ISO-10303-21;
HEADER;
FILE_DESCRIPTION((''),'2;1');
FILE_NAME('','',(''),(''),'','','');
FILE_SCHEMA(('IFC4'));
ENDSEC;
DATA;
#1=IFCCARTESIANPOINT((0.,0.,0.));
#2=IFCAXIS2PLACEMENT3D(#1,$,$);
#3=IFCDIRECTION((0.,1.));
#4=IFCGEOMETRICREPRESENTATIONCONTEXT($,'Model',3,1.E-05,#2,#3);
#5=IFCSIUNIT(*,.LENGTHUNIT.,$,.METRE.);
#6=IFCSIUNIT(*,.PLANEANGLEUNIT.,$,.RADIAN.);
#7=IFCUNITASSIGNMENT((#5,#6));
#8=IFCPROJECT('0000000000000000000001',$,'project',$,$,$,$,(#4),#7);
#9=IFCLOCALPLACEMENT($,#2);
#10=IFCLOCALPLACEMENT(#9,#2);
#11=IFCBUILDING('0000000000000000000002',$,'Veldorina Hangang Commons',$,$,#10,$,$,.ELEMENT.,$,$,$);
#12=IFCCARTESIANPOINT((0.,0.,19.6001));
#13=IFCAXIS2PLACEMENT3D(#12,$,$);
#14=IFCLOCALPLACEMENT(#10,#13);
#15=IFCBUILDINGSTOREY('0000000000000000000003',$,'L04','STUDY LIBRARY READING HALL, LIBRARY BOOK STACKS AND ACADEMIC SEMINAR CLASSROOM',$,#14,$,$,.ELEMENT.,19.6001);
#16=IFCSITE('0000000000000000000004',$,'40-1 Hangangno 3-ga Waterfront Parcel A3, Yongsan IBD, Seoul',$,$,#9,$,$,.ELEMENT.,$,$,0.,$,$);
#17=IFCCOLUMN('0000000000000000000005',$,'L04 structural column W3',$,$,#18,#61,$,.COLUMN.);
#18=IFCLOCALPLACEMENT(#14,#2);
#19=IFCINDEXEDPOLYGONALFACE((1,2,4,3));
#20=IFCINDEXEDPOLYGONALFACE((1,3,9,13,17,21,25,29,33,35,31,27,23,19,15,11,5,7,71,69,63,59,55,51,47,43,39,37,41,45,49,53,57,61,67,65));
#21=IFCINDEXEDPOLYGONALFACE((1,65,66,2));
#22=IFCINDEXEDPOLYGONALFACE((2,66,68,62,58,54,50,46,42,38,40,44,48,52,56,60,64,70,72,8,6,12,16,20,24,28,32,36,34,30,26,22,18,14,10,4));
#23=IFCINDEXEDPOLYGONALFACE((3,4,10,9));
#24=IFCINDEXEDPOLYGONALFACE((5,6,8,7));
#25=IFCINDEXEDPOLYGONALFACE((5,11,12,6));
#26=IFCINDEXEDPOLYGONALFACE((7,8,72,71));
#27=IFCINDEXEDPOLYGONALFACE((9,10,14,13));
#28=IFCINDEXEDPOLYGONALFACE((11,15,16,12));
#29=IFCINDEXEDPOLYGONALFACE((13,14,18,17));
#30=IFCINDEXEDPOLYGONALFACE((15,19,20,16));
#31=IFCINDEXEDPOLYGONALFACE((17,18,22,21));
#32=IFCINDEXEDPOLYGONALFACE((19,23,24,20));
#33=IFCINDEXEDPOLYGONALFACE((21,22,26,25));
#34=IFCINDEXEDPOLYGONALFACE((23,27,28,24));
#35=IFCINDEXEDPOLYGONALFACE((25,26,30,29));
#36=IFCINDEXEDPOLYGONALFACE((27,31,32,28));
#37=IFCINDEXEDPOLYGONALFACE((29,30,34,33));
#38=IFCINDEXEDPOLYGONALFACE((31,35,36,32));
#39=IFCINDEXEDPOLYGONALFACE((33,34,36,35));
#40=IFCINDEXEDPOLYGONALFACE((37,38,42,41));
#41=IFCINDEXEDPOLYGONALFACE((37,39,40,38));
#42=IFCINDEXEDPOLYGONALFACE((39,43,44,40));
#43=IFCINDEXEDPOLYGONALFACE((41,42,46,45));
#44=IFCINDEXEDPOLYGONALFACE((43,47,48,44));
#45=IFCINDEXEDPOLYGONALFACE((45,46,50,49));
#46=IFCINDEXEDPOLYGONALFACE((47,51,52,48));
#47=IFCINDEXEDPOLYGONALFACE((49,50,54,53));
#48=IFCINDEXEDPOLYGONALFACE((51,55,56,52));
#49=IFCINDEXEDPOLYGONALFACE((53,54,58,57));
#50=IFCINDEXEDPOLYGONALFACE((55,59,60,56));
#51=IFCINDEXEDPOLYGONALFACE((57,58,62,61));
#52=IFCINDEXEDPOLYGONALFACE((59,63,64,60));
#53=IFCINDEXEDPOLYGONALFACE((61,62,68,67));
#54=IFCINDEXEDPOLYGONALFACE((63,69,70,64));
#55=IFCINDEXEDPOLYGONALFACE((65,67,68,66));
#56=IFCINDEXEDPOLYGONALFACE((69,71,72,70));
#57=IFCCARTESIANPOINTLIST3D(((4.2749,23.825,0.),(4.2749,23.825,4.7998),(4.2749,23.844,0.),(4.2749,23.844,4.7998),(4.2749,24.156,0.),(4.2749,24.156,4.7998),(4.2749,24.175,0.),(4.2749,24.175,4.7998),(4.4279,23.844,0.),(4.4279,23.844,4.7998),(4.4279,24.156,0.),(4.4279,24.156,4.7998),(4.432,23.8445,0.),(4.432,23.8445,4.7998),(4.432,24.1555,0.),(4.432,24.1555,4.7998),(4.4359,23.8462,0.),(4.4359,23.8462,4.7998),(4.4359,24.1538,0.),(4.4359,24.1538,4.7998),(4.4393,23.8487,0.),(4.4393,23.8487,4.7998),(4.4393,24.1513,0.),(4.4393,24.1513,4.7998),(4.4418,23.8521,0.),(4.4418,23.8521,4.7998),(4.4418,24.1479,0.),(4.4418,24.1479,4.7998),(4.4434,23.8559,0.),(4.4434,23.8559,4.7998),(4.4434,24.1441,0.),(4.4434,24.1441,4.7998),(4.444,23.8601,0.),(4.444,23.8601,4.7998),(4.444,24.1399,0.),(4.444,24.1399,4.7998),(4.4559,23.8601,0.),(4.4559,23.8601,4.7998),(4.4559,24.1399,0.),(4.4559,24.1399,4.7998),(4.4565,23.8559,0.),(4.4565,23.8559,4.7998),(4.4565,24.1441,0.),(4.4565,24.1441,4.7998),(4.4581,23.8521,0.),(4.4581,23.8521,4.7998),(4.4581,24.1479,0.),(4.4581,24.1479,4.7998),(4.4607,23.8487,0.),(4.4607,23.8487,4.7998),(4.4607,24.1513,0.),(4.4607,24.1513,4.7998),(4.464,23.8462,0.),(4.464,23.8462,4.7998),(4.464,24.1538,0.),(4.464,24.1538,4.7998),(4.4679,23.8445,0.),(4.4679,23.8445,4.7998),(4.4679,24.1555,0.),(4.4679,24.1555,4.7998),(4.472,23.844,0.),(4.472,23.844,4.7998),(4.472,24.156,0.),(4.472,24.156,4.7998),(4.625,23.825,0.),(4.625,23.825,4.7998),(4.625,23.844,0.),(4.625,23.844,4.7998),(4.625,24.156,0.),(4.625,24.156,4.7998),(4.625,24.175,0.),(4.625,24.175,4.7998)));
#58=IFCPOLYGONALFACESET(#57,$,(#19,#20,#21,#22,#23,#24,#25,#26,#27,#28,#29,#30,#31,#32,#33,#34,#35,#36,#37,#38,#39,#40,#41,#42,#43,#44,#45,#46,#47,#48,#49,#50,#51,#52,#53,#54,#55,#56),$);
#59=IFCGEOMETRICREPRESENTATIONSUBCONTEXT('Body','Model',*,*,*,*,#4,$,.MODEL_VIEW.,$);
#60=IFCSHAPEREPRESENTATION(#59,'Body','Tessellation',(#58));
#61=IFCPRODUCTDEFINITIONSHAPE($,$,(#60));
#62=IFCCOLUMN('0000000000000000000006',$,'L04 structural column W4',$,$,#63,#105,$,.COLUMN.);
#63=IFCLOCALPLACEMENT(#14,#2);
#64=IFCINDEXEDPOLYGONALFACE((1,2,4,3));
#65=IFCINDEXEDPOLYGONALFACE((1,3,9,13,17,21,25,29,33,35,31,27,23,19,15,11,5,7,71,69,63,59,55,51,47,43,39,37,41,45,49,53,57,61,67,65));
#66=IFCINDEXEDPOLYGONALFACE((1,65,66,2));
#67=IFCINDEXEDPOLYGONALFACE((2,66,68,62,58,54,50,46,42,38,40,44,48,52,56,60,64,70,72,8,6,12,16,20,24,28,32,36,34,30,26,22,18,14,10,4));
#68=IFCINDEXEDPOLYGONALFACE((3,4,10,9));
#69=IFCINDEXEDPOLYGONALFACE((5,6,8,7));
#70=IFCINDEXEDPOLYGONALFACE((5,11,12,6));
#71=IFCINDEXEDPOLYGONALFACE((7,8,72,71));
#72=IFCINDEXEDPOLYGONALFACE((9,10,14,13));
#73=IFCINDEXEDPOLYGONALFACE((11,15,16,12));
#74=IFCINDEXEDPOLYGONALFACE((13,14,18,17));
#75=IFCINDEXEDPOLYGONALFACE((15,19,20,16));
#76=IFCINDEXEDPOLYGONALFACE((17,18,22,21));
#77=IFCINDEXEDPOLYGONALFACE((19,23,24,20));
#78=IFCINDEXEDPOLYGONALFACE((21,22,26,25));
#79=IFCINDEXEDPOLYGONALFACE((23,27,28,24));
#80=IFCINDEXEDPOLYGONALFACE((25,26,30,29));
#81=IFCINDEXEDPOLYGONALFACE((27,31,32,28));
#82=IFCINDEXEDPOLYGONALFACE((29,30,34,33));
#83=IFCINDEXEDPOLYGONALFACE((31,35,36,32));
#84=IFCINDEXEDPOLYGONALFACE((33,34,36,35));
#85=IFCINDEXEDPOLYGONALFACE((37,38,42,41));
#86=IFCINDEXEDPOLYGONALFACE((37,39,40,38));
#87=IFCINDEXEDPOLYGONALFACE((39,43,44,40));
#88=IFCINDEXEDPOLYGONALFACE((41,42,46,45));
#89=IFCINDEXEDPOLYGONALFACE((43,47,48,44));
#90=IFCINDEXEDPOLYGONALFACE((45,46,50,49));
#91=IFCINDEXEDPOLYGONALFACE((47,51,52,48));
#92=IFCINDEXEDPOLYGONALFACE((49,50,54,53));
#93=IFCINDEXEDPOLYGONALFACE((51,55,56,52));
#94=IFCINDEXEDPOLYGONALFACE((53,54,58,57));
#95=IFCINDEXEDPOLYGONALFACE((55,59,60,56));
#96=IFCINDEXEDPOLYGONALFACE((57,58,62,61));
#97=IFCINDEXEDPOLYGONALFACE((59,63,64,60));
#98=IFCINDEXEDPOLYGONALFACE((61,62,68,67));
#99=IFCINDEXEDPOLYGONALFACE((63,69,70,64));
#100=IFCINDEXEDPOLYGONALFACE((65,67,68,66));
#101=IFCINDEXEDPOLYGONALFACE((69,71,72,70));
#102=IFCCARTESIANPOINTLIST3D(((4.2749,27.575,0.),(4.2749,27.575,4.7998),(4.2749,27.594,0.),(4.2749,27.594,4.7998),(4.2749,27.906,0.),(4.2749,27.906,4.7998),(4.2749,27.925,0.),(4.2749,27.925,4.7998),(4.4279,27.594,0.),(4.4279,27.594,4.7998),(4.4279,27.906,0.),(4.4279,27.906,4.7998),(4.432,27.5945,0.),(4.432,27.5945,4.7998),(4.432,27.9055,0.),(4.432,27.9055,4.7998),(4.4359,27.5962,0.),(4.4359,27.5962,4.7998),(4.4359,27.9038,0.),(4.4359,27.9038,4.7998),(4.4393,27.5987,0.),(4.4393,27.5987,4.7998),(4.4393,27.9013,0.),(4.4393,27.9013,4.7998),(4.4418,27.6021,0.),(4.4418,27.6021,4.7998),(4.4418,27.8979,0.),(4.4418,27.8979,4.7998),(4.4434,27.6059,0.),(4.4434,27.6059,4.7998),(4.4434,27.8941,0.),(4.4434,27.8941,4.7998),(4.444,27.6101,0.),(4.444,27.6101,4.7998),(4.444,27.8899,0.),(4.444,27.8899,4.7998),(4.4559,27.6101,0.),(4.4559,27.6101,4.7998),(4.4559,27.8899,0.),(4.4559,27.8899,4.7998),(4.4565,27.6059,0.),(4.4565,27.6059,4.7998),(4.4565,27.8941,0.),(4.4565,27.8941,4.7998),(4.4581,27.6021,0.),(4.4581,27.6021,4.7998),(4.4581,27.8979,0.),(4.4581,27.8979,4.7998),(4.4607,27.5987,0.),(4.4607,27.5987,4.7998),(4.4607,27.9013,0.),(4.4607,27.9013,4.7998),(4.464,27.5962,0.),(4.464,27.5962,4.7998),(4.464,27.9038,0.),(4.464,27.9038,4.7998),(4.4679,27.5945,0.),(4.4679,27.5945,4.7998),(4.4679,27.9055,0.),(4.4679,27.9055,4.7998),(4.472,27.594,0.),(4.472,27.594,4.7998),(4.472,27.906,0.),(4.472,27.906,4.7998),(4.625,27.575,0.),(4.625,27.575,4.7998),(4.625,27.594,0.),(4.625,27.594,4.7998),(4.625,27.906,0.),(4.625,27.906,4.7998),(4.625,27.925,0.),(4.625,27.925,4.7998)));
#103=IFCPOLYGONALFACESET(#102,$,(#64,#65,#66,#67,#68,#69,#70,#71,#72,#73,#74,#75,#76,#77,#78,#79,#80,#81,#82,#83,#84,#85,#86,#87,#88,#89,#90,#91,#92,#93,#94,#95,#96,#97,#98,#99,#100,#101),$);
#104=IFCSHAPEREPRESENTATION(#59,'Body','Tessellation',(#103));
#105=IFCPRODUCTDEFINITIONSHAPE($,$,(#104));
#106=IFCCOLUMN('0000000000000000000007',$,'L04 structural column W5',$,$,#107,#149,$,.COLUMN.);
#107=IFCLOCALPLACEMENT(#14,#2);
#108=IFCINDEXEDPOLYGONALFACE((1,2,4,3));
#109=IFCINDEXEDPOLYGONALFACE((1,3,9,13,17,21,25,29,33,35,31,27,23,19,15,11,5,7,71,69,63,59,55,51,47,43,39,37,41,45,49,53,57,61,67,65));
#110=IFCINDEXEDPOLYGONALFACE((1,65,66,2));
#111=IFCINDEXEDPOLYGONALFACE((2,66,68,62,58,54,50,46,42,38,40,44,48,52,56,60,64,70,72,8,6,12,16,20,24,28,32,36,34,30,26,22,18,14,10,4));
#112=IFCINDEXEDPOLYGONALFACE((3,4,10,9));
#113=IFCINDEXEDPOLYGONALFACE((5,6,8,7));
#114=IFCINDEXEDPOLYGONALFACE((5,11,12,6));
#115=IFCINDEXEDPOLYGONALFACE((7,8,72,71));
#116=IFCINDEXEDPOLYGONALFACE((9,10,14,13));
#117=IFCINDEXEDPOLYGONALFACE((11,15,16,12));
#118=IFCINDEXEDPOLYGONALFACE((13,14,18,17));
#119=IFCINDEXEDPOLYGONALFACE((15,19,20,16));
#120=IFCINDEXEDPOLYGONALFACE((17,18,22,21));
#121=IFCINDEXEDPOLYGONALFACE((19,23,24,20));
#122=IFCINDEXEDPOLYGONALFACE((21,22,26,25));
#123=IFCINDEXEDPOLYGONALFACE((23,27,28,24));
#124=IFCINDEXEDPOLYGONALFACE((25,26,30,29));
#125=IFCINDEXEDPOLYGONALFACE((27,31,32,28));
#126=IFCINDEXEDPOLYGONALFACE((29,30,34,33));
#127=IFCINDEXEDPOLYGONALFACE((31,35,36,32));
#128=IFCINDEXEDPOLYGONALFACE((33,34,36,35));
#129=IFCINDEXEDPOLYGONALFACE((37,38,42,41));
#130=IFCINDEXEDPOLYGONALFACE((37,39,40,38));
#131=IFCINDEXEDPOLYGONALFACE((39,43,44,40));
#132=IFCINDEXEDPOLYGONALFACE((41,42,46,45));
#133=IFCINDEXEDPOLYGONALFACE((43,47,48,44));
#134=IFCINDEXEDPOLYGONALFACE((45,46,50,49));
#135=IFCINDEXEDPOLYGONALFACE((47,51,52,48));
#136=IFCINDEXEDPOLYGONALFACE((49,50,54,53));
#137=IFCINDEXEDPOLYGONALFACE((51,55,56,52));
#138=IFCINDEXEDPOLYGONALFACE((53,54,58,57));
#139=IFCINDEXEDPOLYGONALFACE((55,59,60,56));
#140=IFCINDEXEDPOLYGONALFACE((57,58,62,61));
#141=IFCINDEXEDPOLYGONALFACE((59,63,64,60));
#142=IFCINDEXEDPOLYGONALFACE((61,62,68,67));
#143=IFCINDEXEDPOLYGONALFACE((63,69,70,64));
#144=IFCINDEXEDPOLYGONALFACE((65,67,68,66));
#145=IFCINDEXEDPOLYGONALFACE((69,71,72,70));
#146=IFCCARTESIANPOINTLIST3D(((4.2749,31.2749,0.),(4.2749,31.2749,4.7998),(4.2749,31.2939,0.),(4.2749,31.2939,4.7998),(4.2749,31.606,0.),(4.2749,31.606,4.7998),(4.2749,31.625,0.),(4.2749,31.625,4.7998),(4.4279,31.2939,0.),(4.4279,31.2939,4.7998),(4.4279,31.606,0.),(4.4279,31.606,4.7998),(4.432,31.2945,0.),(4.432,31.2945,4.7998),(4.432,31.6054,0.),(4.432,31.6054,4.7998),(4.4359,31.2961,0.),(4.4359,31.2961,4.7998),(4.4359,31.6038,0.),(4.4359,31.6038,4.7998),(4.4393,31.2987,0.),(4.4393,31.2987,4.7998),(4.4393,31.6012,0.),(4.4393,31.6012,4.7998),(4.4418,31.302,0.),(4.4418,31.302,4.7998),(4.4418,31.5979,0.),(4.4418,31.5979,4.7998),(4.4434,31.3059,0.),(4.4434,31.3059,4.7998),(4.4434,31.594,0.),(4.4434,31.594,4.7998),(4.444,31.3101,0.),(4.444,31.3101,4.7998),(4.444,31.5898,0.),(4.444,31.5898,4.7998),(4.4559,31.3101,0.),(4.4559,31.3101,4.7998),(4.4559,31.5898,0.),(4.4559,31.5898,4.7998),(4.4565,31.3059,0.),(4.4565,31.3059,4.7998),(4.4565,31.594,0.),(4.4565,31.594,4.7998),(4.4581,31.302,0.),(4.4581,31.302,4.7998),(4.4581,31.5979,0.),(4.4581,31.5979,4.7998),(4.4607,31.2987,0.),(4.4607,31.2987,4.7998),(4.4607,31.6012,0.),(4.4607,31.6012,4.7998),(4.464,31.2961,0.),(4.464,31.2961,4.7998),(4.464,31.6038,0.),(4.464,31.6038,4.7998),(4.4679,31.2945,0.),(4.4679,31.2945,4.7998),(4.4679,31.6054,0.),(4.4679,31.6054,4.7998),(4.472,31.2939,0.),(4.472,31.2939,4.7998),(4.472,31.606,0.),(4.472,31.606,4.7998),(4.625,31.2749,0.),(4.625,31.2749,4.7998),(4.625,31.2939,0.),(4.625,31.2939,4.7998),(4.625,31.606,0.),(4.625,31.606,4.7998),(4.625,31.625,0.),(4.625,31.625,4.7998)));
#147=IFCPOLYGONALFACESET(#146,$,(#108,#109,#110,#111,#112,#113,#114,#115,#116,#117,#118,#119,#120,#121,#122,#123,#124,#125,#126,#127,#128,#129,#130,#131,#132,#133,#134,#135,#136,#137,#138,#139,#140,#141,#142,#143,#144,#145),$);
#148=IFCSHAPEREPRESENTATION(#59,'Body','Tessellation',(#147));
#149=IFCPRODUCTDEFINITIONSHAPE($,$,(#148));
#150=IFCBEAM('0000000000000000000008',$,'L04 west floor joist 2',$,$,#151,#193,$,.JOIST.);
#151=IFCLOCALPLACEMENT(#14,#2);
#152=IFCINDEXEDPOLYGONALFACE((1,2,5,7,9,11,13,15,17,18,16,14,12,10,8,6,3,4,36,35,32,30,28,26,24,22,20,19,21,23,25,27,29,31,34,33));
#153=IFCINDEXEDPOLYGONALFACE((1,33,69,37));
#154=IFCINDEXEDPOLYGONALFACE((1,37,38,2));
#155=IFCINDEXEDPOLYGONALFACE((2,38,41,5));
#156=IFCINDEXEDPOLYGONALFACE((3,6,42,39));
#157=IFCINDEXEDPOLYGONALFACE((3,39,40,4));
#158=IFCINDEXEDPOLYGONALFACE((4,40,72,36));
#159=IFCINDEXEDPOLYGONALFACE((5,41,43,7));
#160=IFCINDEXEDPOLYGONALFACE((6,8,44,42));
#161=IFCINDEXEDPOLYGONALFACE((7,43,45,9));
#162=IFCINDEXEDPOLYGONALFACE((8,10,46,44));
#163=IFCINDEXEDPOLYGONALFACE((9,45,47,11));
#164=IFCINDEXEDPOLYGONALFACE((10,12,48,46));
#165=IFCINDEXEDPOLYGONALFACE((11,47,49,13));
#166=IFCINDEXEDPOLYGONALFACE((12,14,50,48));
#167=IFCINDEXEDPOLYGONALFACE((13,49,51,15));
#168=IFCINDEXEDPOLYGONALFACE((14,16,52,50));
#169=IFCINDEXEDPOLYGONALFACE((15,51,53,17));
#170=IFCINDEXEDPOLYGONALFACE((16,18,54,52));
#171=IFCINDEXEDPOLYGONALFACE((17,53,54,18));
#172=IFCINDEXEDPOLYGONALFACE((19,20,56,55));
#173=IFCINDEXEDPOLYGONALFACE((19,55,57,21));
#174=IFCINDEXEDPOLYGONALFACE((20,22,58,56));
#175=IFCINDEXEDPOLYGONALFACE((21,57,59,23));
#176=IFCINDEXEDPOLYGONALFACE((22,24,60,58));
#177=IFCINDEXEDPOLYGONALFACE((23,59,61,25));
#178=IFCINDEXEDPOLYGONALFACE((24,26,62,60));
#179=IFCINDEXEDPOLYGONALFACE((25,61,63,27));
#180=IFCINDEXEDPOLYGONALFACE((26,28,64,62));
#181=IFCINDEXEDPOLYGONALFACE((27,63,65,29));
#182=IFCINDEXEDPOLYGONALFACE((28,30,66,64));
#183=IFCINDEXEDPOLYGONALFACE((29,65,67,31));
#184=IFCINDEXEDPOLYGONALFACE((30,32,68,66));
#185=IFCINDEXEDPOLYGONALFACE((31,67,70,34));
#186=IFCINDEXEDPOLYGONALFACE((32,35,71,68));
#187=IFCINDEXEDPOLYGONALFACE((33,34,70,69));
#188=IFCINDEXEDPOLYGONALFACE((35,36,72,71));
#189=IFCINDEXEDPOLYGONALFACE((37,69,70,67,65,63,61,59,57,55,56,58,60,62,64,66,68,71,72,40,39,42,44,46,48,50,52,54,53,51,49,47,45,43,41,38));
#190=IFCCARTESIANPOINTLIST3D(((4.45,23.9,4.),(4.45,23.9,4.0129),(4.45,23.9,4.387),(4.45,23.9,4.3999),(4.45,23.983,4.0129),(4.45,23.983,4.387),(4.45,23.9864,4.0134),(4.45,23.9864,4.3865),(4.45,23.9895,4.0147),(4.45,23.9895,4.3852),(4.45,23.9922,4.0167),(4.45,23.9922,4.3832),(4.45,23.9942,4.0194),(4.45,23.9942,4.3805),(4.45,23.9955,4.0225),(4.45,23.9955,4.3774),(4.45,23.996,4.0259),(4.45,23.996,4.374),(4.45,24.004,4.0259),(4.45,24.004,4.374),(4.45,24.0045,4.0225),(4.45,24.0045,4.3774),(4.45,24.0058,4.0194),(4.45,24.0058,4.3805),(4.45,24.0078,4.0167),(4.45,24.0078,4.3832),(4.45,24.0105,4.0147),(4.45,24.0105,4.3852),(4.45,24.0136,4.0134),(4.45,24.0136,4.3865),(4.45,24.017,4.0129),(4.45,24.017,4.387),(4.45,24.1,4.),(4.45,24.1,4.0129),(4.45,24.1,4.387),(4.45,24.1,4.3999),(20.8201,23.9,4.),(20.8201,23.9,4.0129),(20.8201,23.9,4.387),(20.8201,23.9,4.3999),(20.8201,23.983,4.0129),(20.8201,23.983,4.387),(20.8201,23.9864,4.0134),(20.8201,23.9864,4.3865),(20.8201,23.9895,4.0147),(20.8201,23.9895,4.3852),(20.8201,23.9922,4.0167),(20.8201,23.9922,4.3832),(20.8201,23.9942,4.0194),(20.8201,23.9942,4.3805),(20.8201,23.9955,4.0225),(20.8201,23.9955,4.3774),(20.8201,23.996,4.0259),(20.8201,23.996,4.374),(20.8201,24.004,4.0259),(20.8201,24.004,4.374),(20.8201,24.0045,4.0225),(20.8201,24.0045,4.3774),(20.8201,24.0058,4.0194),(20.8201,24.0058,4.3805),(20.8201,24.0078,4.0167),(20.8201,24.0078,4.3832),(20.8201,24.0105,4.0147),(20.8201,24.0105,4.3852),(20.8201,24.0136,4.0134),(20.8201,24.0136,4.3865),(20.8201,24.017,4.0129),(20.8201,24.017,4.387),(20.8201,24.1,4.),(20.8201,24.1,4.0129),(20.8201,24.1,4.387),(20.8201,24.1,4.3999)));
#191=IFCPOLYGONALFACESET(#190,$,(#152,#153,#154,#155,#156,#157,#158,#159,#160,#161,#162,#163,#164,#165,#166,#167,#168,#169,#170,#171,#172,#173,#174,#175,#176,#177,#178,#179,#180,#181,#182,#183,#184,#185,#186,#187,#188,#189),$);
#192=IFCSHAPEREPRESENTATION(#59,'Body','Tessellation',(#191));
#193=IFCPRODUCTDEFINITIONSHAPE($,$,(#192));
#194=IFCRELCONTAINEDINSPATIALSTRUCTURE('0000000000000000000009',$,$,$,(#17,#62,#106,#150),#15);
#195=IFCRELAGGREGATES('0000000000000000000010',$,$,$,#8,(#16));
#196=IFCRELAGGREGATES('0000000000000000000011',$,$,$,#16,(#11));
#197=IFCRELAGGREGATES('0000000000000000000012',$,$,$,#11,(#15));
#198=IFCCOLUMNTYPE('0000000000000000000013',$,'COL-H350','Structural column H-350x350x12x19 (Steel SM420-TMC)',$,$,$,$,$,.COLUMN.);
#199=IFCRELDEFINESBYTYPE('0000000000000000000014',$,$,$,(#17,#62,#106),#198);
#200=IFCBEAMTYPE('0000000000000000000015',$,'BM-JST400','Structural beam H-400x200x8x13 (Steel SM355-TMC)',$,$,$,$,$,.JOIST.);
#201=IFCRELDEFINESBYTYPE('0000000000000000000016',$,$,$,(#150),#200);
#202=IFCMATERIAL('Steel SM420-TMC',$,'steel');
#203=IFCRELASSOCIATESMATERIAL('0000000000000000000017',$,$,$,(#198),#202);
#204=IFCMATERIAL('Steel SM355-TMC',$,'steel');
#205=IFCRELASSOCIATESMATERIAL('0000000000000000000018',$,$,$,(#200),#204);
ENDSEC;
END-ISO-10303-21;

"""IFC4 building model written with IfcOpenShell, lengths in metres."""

from ifc_helpers import new_model, si_unit, direction, frame, origin, origin_2d, place, context, subcontext, project, spatial, i_section, extrude, material, material_profile, profile_set, type_object, element, save


model = new_model("IFC4")

# Units and contexts
model_context = context("Model", 3, precision=1e-05, world=origin(), true_north=direction((0.0, 1.0)))
body_context = subcontext(model_context, "Body", "Model", "MODEL_VIEW")
ifc_project = project(units=[si_unit("LENGTHUNIT", "METRE"), si_unit("PLANEANGLEUNIT", "RADIAN")], contexts=[model_context])

# Site, building, storey
site_placement = place(None, origin())
site = spatial("IfcSite", under=ifc_project, at=site_placement, Name="40-1 Hangangno 3-ga Waterfront Parcel A3, Yongsan IBD, Seoul", CompositionType="ELEMENT", RefElevation=0.0)
building_placement = place(site_placement, origin())
building = spatial("IfcBuilding", under=site, at=building_placement, Name="Veldorina Hangang Commons", CompositionType="ELEMENT")
storey_placement = place(building_placement, frame((0.0, 0.0, 19.6001)))
storey = spatial("IfcBuildingStorey", under=building, at=storey_placement, Name="L04", Description="STUDY LIBRARY READING HALL, LIBRARY BOOK STACKS AND ACADEMIC SEMINAR CLASSROOM", CompositionType="ELEMENT", Elevation=19.6001)

# Columns
ifc_material_1 = material(Name="Steel SM420-TMC", Category="steel")
ifc_material_profile_1 = material_profile(ifc_material_1, i_section(OverallWidth=0.3501, OverallDepth=0.3501, WebThickness=0.012, FlangeThickness=0.019, FilletRadius=0.0161, at=origin_2d()), Name="H-350x350x12x19")
ifc_profile_set_1 = profile_set([ifc_material_profile_1], Name="Steel SM420-TMC")
column_type = type_object("IfcColumnType", Name="COL-H350", Description="Structural column H-350x350x12x19 (Steel SM420-TMC)", PredefinedType="COLUMN", material=ifc_profile_set_1)
for number, where, z_axis, x_axis, name in (
    (1, (4.45, 24.0, 0.0), (0.0, 0.0, 1.0), (1.0, 0.0, 0.0), "L04 structural column W3"),
    (2, (4.45, 27.75, 0.0), (0.0, 0.0, 1.0), (1.0, 0.0, 0.0), "L04 structural column W4"),
    (3, (4.45, 31.45, 0.0), (0.0, 0.0, 1.0), (1.0, 0.0, 0.0), "L04 structural column W5"),
):
    element("IfcColumn", number, at=place(storey_placement, frame(where, z_axis=z_axis, x_axis=x_axis)), inside=storey, type_object=column_type, Name=name, PredefinedType="COLUMN", context=body_context, shape_type="SweptSolid", body=[
        extrude(i_section(OverallWidth=0.3501, OverallDepth=0.3501, WebThickness=0.012, FlangeThickness=0.019, FilletRadius=0.0161, at=origin_2d()), origin(), (0.0, 0.0, 1.0), 4.7998),
    ])

# Beam
ifc_material_2 = material(Name="Steel SM355-TMC", Category="steel")
ifc_material_profile_2 = material_profile(ifc_material_2, i_section(OverallWidth=0.2, OverallDepth=0.3999, WebThickness=0.0081, FlangeThickness=0.0129, FilletRadius=0.0129, at=origin_2d()), Name="H-400x200x8x13")
ifc_profile_set_2 = profile_set([ifc_material_profile_2], Name="Steel SM355-TMC")
beam_type_1 = type_object("IfcBeamType", Name="BM-JST400", Description="Structural beam H-400x200x8x13 (Steel SM355-TMC)", PredefinedType="JOIST", material=ifc_profile_set_2)
for number, where, z_axis, x_axis, name in (
    (4, (4.45, 24.0, 4.2), (1.0, 0.0, 0.0), (0.0, 1.0, 0.0), "L04 west floor joist 2"),
):
    element("IfcBeam", number, at=place(storey_placement, frame(where, z_axis=z_axis, x_axis=x_axis)), inside=storey, type_object=beam_type_1, Name=name, PredefinedType="JOIST", context=body_context, shape_type="SweptSolid", body=[
        extrude(i_section(OverallWidth=0.2, OverallDepth=0.3999, WebThickness=0.0081, FlangeThickness=0.0129, FilletRadius=0.0129, at=origin_2d()), origin(), (0.0, 0.0, 1.0), 16.3701),
    ])

save(model, "model.ifc")
